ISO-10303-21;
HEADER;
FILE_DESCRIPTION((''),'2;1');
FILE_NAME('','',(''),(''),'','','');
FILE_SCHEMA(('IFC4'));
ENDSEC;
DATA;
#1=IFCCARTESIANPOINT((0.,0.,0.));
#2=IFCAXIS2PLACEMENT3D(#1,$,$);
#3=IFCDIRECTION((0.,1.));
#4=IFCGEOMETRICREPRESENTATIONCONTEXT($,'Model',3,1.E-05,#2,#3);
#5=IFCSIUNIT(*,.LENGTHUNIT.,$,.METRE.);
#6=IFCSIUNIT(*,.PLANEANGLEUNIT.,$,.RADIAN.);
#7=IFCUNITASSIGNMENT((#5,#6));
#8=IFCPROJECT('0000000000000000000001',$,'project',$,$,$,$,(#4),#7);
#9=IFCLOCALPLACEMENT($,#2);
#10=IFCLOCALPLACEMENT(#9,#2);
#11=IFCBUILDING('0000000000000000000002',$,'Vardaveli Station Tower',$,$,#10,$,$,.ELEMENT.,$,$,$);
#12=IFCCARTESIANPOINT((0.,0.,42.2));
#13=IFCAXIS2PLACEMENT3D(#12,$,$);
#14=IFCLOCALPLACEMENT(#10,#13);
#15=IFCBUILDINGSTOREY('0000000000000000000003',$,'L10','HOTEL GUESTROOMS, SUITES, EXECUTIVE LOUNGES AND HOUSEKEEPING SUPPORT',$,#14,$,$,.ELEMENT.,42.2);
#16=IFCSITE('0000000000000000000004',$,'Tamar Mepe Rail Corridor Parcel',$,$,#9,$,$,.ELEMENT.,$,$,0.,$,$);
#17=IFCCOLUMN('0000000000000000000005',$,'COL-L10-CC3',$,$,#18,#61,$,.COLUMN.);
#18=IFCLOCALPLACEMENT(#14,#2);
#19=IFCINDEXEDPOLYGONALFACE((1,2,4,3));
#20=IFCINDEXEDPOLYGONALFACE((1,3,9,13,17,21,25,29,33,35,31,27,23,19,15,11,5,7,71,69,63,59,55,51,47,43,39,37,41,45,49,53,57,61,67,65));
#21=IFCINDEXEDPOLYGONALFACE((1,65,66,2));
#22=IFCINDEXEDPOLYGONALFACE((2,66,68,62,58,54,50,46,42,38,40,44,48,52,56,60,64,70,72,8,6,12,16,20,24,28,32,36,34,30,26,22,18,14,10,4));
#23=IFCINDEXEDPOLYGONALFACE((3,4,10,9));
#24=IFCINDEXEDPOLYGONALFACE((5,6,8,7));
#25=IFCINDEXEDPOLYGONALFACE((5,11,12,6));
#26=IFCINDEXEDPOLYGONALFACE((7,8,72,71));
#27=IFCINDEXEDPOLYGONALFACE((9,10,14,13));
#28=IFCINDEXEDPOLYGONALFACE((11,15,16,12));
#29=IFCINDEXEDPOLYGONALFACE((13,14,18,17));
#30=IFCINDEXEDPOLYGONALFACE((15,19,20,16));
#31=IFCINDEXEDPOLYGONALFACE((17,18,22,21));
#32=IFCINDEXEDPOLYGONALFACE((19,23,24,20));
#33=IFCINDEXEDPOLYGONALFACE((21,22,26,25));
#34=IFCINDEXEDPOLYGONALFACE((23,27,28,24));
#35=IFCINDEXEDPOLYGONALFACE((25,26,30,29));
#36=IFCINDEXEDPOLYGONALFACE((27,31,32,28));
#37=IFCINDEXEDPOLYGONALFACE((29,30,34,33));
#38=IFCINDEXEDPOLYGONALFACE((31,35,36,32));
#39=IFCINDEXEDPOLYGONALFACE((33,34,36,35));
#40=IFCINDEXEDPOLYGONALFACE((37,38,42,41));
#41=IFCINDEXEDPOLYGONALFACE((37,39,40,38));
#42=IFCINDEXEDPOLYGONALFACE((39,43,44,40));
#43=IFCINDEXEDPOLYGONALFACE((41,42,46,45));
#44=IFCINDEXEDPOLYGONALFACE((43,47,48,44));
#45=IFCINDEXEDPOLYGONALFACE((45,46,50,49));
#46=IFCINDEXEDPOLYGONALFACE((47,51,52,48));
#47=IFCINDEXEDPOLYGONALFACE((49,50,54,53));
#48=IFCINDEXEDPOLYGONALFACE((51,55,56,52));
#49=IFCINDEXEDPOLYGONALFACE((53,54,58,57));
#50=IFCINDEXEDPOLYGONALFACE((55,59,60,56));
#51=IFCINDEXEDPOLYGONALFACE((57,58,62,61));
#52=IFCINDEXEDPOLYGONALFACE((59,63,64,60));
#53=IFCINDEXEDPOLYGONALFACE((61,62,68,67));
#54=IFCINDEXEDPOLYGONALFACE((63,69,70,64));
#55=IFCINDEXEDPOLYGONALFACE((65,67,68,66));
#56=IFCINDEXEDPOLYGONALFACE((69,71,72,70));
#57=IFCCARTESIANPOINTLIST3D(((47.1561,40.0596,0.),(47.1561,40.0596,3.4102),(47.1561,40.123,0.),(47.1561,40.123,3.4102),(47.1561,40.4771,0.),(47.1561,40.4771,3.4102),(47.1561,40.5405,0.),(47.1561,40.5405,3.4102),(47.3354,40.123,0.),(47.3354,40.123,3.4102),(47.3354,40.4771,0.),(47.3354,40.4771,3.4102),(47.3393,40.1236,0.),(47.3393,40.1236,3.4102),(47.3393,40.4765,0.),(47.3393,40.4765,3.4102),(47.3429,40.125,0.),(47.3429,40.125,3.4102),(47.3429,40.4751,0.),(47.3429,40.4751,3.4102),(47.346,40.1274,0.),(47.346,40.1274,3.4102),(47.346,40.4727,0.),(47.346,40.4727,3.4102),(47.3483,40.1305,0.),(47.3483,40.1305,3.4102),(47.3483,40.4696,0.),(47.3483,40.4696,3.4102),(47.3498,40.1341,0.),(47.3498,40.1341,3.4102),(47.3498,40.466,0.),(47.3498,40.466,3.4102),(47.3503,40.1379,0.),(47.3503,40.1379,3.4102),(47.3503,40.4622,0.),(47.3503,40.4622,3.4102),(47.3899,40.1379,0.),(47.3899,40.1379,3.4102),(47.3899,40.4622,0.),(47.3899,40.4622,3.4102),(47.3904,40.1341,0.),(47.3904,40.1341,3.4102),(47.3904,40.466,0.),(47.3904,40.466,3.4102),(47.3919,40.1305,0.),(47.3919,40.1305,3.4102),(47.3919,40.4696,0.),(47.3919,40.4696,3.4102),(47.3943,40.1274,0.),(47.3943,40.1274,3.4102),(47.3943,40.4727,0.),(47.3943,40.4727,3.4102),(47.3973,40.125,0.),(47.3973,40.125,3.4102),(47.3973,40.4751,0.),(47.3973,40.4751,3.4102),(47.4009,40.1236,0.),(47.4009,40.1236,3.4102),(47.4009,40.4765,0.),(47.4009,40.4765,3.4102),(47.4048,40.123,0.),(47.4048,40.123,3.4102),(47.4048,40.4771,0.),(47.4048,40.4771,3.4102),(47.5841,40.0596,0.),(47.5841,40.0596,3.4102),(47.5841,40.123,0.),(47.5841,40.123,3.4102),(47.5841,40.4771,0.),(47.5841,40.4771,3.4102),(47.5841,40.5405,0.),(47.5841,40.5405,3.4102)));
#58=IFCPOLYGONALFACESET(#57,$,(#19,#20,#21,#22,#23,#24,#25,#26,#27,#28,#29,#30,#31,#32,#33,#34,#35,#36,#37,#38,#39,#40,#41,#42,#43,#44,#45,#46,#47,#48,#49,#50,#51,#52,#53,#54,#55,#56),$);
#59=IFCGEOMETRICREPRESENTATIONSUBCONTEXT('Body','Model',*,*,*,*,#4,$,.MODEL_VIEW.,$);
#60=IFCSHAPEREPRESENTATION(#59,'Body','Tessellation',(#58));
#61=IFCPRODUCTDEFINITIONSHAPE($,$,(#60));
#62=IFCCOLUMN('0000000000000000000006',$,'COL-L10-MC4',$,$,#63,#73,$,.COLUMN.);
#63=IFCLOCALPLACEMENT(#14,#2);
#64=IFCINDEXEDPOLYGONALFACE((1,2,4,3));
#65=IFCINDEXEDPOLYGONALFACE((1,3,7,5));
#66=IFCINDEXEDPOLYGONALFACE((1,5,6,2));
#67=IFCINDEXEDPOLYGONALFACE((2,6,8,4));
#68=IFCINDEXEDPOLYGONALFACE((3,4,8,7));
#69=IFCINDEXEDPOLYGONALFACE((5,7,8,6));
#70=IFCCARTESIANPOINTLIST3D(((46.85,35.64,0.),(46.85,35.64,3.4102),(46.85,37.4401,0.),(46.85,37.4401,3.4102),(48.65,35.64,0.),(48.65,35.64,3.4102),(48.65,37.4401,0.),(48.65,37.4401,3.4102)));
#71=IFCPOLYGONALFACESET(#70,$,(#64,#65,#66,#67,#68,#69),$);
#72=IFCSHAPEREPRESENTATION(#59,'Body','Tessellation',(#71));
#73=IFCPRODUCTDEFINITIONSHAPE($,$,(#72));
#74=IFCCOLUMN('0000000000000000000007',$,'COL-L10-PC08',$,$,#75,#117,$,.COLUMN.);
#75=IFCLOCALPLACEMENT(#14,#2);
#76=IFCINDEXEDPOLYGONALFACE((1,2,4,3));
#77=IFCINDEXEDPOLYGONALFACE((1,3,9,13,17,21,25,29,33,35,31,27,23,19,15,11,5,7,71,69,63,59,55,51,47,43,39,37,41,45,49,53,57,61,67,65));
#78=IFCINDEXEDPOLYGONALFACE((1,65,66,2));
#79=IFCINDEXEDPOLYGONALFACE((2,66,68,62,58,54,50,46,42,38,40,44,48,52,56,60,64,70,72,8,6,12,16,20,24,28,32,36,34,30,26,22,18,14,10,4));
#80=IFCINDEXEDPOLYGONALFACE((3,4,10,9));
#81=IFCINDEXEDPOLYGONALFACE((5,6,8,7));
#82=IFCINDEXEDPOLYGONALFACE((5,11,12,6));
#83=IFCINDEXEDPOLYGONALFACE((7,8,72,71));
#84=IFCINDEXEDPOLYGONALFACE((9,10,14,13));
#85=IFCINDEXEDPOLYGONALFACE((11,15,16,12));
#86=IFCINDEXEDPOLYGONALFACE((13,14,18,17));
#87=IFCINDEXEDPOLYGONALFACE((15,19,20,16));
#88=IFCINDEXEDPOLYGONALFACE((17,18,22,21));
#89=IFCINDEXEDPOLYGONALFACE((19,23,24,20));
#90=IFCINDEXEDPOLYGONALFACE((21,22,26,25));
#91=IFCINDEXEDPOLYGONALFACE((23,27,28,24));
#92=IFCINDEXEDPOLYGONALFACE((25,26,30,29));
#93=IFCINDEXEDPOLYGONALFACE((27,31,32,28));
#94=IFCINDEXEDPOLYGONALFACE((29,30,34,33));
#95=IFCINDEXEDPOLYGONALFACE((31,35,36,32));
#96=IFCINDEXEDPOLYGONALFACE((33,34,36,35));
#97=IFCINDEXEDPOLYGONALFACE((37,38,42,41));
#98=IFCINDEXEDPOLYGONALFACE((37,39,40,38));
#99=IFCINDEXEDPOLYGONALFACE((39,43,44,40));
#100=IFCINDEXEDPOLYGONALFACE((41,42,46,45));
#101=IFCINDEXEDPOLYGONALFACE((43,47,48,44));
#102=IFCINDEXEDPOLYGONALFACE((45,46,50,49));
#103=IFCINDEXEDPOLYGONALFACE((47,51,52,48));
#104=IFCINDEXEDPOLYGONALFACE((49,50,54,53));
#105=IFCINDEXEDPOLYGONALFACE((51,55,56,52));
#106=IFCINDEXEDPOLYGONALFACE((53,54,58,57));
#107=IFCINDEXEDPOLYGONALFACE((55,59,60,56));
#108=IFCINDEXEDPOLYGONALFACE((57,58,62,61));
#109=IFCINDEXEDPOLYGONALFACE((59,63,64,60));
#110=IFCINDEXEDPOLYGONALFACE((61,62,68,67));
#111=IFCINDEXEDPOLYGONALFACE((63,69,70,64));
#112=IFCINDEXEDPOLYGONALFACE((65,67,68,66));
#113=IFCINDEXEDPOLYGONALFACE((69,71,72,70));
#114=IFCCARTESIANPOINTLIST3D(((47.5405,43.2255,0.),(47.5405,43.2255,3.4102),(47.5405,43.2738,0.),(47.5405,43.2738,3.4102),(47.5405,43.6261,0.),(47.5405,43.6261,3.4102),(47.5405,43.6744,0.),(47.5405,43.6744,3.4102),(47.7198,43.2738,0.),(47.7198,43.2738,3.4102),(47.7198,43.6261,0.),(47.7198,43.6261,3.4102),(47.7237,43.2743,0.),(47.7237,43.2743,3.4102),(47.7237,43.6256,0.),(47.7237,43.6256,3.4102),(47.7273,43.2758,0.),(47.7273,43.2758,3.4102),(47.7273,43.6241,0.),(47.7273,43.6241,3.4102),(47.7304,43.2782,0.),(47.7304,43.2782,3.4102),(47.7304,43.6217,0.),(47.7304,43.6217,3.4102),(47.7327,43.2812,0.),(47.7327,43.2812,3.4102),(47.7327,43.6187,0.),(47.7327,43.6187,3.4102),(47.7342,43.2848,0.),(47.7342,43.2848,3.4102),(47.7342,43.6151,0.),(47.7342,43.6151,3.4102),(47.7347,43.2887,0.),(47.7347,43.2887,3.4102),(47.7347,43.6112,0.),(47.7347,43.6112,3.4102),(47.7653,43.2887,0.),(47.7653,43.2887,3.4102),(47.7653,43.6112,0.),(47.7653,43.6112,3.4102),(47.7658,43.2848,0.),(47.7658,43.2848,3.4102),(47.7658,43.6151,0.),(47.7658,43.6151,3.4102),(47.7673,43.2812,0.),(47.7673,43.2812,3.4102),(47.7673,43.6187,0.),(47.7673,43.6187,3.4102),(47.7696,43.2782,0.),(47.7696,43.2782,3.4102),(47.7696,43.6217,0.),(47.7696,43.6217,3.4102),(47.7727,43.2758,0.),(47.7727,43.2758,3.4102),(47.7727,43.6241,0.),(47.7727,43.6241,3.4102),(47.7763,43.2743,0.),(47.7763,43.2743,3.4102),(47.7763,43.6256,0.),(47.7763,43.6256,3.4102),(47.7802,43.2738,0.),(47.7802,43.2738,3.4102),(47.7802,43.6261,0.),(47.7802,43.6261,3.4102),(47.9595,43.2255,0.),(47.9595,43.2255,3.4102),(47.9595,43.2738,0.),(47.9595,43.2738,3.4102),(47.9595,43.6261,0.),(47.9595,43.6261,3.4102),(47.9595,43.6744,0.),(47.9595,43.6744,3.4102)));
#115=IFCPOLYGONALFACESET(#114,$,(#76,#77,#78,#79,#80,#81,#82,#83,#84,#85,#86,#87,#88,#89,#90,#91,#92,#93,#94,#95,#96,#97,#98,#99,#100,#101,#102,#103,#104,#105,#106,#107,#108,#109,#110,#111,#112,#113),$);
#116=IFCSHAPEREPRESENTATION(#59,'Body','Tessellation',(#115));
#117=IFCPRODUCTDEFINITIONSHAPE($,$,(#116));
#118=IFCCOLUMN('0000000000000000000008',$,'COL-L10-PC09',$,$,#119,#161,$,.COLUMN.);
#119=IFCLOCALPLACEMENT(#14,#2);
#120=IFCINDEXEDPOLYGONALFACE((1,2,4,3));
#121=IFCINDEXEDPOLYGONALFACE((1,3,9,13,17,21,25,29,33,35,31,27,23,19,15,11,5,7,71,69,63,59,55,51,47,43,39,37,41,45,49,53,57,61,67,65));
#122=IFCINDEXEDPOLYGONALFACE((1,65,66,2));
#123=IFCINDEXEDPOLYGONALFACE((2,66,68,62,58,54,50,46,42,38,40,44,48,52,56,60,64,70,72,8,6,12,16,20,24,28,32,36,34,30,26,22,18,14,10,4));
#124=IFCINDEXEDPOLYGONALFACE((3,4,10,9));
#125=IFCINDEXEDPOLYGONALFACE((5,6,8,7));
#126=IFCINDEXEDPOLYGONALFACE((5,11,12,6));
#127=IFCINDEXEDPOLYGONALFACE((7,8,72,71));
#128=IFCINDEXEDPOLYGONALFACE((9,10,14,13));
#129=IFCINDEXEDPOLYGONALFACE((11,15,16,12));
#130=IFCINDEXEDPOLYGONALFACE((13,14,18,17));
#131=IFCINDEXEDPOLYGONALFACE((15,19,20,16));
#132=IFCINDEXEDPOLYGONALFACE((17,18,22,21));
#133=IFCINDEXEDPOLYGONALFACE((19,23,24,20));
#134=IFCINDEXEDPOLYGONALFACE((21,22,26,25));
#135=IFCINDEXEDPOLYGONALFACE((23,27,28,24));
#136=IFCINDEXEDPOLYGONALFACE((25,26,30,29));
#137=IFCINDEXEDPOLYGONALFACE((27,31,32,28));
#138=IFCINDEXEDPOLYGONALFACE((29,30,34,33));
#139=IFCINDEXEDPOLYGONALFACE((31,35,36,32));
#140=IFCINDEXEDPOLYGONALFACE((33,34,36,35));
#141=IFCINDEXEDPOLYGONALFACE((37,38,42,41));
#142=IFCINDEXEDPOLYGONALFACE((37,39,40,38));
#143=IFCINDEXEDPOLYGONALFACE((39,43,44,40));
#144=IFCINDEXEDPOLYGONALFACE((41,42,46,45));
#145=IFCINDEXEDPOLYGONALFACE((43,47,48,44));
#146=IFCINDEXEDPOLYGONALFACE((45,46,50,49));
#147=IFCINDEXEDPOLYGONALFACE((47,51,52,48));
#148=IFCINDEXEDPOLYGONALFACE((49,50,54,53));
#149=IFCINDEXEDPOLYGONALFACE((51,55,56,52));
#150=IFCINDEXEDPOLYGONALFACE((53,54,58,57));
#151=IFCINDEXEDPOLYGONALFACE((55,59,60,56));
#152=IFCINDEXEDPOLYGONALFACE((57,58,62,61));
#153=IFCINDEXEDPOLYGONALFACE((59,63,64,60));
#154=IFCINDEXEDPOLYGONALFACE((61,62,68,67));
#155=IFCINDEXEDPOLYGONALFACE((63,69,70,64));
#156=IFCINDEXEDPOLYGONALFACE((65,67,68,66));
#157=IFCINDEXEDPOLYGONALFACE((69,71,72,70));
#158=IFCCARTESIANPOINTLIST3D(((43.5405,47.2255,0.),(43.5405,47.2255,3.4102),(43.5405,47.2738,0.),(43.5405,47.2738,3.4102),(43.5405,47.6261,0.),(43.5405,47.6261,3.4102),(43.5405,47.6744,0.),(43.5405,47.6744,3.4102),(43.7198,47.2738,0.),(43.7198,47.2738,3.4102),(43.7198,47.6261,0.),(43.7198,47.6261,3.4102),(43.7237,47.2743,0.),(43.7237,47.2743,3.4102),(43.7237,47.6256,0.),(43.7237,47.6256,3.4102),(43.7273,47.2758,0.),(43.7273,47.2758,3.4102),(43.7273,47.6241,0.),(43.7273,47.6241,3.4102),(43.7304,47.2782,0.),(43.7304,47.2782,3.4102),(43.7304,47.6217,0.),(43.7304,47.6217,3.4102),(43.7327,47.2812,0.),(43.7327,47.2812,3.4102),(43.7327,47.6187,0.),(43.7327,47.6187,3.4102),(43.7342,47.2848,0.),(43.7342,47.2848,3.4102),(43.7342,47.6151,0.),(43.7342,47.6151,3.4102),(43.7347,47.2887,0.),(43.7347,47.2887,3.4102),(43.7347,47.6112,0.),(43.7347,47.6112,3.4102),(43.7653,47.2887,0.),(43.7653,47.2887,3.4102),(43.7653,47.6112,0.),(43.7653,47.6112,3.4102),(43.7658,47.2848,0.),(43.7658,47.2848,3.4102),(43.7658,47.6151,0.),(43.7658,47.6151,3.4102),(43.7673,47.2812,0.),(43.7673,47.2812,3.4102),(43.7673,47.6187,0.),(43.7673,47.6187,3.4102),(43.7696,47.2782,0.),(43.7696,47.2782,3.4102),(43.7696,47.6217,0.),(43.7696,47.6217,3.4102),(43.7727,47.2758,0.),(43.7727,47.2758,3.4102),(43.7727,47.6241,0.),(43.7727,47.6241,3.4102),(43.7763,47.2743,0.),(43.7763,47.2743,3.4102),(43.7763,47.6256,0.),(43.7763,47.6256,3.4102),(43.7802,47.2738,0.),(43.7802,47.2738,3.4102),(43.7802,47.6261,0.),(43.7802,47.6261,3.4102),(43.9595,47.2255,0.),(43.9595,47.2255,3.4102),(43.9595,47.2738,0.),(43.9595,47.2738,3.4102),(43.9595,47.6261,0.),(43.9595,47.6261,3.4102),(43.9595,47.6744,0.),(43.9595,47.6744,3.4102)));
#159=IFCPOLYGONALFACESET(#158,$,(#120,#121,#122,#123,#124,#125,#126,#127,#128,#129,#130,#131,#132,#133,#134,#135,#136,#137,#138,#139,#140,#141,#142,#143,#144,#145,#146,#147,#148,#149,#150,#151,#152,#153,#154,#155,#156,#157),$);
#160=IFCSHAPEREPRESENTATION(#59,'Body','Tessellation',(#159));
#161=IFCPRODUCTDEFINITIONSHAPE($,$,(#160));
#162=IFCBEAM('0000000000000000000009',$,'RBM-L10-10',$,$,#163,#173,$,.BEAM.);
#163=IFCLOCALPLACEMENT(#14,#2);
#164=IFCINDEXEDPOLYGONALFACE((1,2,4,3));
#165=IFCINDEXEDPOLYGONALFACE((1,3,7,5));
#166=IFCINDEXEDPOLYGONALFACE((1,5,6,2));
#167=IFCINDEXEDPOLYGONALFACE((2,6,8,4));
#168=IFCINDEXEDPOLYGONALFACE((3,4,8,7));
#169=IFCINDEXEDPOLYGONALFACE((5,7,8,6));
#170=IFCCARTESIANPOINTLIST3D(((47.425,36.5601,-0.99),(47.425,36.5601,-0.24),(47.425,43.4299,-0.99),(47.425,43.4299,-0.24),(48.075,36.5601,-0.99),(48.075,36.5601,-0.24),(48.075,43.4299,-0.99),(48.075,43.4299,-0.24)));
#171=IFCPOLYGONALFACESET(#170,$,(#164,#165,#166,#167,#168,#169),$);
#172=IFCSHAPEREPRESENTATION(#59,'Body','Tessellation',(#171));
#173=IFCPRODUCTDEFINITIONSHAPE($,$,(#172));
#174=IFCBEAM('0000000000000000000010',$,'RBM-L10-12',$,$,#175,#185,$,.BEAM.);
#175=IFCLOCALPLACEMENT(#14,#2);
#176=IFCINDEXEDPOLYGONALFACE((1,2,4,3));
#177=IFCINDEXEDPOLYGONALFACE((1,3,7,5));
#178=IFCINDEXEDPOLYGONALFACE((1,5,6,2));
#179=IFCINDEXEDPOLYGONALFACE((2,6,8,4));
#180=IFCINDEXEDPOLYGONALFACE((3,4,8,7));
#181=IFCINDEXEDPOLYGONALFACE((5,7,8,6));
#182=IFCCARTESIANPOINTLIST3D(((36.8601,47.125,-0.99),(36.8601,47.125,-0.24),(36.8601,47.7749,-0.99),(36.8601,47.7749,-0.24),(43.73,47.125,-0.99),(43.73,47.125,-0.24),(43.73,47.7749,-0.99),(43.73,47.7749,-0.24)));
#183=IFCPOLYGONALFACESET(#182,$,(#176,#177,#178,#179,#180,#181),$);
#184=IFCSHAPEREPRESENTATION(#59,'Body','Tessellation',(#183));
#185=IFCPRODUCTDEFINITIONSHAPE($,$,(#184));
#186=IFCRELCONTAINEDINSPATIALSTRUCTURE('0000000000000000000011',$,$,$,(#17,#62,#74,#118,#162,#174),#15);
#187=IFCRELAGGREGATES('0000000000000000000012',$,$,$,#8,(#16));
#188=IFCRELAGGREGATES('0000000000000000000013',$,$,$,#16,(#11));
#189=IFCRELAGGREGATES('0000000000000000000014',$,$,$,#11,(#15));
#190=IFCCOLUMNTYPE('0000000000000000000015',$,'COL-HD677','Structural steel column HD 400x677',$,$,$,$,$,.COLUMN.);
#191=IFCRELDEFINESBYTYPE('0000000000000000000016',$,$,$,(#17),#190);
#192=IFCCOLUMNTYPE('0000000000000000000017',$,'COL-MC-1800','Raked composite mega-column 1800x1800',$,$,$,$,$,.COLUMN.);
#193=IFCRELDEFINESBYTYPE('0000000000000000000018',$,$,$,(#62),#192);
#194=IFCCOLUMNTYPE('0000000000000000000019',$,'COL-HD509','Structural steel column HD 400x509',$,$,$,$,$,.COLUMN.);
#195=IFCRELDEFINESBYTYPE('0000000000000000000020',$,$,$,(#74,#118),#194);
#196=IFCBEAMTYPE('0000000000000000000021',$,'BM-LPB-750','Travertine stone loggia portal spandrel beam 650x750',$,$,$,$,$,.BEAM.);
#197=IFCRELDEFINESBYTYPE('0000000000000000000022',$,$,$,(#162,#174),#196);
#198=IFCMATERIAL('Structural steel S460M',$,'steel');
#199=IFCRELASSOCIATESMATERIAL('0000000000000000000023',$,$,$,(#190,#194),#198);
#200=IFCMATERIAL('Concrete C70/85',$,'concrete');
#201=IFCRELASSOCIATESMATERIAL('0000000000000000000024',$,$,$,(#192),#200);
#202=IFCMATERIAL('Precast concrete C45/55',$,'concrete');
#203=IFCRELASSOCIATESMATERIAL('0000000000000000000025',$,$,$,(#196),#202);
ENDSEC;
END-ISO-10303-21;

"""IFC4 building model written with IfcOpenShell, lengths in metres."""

from ifc_helpers import new_model, si_unit, direction, frame, origin, origin_2d, place, context, subcontext, project, spatial, rectangle, i_section, extrude, source, transform, mapped, material, material_profile, profile_set, type_object, element, save


model = new_model("IFC4")

# Units and contexts
model_context = context("Model", 3, precision=1e-05, world=origin(), true_north=direction((0.0, 1.0)))
body_context = subcontext(model_context, "Body", "Model", "MODEL_VIEW")
ifc_project = project(units=[si_unit("LENGTHUNIT", "METRE"), si_unit("PLANEANGLEUNIT", "RADIAN")], contexts=[model_context])

# Site, building, storey
site_placement = place(None, origin())
site = spatial("IfcSite", under=ifc_project, at=site_placement, Name="Tamar Mepe Rail Corridor Parcel", CompositionType="ELEMENT", RefElevation=0.0)
building_placement = place(site_placement, origin())
building = spatial("IfcBuilding", under=site, at=building_placement, Name="Vardaveli Station Tower", CompositionType="ELEMENT")
storey_placement = place(building_placement, frame((0.0, 0.0, 42.2)))
storey = spatial("IfcBuildingStorey", under=building, at=storey_placement, Name="L10", Description="HOTEL GUESTROOMS, SUITES, EXECUTIVE LOUNGES AND HOUSEKEEPING SUPPORT", CompositionType="ELEMENT", Elevation=42.2)

# Columns
ifc_material_1 = material(Name="Structural steel S460M", Category="steel")
ifc_material_profile_1 = material_profile(ifc_material_1, i_section(OverallWidth=0.428, OverallDepth=0.481, WebThickness=0.0396, FlangeThickness=0.0635, FilletRadius=0.0149, at=origin_2d()), Name="HD 400x677")
ifc_profile_set_1 = profile_set([ifc_material_profile_1], Name="Structural steel S460M")
column_type_1 = type_object("IfcColumnType", Name="COL-HD677", Description="Structural steel column HD 400x677", PredefinedType="COLUMN", material=ifc_profile_set_1)
shared_shape_1 = source(origin(), body_context, "Body", "SweptSolid", [
    extrude(i_section(OverallWidth=0.428, OverallDepth=0.481, WebThickness=0.0396, FlangeThickness=0.0635, FilletRadius=0.0149, at=origin_2d()), origin(), (0.0, 0.0, 1.0), 3.4102),
])
column_1_placement = place(storey_placement, frame((47.3701, 40.3, 0.0), z_axis=(0.0, 0.0, 1.0), x_axis=(1.0, 0.0, 0.0)))
element("IfcColumn", 1, at=column_1_placement, inside=storey, type_object=column_type_1, Name="COL-L10-CC3", PredefinedType="COLUMN", context=body_context, shape_type="MappedRepresentation", body=[
    mapped(shared_shape_1, transform((0.0, 0.0, 0.0), scale=1.0)),
])
ifc_material_2 = material(Name="Concrete C70/85", Category="concrete")
ifc_material_profile_2 = material_profile(ifc_material_2, rectangle(XDim=1.8, YDim=1.8, at=origin_2d()), Name="MC 1800x1800")
ifc_profile_set_2 = profile_set([ifc_material_profile_2], Name="Concrete C70/85")
column_type_2 = type_object("IfcColumnType", Name="COL-MC-1800", Description="Raked composite mega-column 1800x1800", PredefinedType="COLUMN", material=ifc_profile_set_2)
shared_shape_2 = source(origin(), body_context, "Body", "SweptSolid", [
    extrude(rectangle(XDim=1.8, YDim=1.8, at=origin_2d()), origin(), (0.0, 0.0, 1.0), 3.4102),
])
column_2_placement = place(storey_placement, frame((47.75, 36.54, 0.0), z_axis=(0.0, 0.0, 1.0), x_axis=(1.0, 0.0, 0.0)))
element("IfcColumn", 2, at=column_2_placement, inside=storey, type_object=column_type_2, Name="COL-L10-MC4", PredefinedType="COLUMN", context=body_context, shape_type="MappedRepresentation", body=[
    mapped(shared_shape_2, transform((0.0, 0.0, 0.0), scale=1.0)),
])
ifc_material_profile_3 = material_profile(ifc_material_1, i_section(OverallWidth=0.4189, OverallDepth=0.449, WebThickness=0.0305, FlangeThickness=0.0483, FilletRadius=0.0149, at=origin_2d()), Name="HD 400x509")
ifc_profile_set_3 = profile_set([ifc_material_profile_3], Name="Structural steel S460M")
column_type_3 = type_object("IfcColumnType", Name="COL-HD509", Description="Structural steel column HD 400x509", PredefinedType="COLUMN", material=ifc_profile_set_3)
shared_shape_3 = source(origin(), body_context, "Body", "SweptSolid", [
    extrude(i_section(OverallWidth=0.4189, OverallDepth=0.449, WebThickness=0.0305, FlangeThickness=0.0483, FilletRadius=0.0149, at=origin_2d()), origin(), (0.0, 0.0, 1.0), 3.4102),
])
for number, where, z_axis, x_axis, name in (
    (3, (47.75, 43.45, 0.0), (0.0, 0.0, 1.0), (1.0, 0.0, 0.0), "COL-L10-PC08"),
    (4, (43.75, 47.45, 0.0), (0.0, 0.0, 1.0), (1.0, 0.0, 0.0), "COL-L10-PC09"),
):
    element("IfcColumn", number, at=place(storey_placement, frame(where, z_axis=z_axis, x_axis=x_axis)), inside=storey, type_object=column_type_3, Name=name, PredefinedType="COLUMN", context=body_context, shape_type="MappedRepresentation", body=[
        mapped(shared_shape_3, transform((0.0, 0.0, 0.0), scale=1.0)),
    ])

# Beams
ifc_material_3 = material(Name="Precast concrete C45/55", Category="concrete")
ifc_material_profile_4 = material_profile(ifc_material_3, rectangle(XDim=0.6499, YDim=0.75, at=origin_2d()), Name="LPB 650x750")
ifc_profile_set_4 = profile_set([ifc_material_profile_4], Name="Precast concrete C45/55")
beam_type = type_object("IfcBeamType", Name="BM-LPB-750", Description="Travertine stone loggia portal spandrel beam 650x750", PredefinedType="BEAM", material=ifc_profile_set_4)
shared_shape_4 = source(origin(), body_context, "Body", "SweptSolid", [
    extrude(rectangle(XDim=0.6499, YDim=0.75, at=origin_2d()), origin(), (0.0, 0.0, 1.0), 6.8699),
])
for number, where, z_axis, x_axis, name in (
    (5, (47.75, 36.5601, -0.615), (0.0, 1.0, 0.0), (-1.0, 0.0, 0.0), "RBM-L10-10"),
    (6, (43.73, 47.45, -0.615), (-1.0, 0.0, 0.0), (0.0, -1.0, 0.0), "RBM-L10-12"),
):
    element("IfcBeam", number, at=place(storey_placement, frame(where, z_axis=z_axis, x_axis=x_axis)), inside=storey, type_object=beam_type, Name=name, PredefinedType="BEAM", context=body_context, shape_type="MappedRepresentation", body=[
        mapped(shared_shape_4, transform((0.0, 0.0, 0.0), scale=1.0)),
    ])

save(model, "model.ifc")
